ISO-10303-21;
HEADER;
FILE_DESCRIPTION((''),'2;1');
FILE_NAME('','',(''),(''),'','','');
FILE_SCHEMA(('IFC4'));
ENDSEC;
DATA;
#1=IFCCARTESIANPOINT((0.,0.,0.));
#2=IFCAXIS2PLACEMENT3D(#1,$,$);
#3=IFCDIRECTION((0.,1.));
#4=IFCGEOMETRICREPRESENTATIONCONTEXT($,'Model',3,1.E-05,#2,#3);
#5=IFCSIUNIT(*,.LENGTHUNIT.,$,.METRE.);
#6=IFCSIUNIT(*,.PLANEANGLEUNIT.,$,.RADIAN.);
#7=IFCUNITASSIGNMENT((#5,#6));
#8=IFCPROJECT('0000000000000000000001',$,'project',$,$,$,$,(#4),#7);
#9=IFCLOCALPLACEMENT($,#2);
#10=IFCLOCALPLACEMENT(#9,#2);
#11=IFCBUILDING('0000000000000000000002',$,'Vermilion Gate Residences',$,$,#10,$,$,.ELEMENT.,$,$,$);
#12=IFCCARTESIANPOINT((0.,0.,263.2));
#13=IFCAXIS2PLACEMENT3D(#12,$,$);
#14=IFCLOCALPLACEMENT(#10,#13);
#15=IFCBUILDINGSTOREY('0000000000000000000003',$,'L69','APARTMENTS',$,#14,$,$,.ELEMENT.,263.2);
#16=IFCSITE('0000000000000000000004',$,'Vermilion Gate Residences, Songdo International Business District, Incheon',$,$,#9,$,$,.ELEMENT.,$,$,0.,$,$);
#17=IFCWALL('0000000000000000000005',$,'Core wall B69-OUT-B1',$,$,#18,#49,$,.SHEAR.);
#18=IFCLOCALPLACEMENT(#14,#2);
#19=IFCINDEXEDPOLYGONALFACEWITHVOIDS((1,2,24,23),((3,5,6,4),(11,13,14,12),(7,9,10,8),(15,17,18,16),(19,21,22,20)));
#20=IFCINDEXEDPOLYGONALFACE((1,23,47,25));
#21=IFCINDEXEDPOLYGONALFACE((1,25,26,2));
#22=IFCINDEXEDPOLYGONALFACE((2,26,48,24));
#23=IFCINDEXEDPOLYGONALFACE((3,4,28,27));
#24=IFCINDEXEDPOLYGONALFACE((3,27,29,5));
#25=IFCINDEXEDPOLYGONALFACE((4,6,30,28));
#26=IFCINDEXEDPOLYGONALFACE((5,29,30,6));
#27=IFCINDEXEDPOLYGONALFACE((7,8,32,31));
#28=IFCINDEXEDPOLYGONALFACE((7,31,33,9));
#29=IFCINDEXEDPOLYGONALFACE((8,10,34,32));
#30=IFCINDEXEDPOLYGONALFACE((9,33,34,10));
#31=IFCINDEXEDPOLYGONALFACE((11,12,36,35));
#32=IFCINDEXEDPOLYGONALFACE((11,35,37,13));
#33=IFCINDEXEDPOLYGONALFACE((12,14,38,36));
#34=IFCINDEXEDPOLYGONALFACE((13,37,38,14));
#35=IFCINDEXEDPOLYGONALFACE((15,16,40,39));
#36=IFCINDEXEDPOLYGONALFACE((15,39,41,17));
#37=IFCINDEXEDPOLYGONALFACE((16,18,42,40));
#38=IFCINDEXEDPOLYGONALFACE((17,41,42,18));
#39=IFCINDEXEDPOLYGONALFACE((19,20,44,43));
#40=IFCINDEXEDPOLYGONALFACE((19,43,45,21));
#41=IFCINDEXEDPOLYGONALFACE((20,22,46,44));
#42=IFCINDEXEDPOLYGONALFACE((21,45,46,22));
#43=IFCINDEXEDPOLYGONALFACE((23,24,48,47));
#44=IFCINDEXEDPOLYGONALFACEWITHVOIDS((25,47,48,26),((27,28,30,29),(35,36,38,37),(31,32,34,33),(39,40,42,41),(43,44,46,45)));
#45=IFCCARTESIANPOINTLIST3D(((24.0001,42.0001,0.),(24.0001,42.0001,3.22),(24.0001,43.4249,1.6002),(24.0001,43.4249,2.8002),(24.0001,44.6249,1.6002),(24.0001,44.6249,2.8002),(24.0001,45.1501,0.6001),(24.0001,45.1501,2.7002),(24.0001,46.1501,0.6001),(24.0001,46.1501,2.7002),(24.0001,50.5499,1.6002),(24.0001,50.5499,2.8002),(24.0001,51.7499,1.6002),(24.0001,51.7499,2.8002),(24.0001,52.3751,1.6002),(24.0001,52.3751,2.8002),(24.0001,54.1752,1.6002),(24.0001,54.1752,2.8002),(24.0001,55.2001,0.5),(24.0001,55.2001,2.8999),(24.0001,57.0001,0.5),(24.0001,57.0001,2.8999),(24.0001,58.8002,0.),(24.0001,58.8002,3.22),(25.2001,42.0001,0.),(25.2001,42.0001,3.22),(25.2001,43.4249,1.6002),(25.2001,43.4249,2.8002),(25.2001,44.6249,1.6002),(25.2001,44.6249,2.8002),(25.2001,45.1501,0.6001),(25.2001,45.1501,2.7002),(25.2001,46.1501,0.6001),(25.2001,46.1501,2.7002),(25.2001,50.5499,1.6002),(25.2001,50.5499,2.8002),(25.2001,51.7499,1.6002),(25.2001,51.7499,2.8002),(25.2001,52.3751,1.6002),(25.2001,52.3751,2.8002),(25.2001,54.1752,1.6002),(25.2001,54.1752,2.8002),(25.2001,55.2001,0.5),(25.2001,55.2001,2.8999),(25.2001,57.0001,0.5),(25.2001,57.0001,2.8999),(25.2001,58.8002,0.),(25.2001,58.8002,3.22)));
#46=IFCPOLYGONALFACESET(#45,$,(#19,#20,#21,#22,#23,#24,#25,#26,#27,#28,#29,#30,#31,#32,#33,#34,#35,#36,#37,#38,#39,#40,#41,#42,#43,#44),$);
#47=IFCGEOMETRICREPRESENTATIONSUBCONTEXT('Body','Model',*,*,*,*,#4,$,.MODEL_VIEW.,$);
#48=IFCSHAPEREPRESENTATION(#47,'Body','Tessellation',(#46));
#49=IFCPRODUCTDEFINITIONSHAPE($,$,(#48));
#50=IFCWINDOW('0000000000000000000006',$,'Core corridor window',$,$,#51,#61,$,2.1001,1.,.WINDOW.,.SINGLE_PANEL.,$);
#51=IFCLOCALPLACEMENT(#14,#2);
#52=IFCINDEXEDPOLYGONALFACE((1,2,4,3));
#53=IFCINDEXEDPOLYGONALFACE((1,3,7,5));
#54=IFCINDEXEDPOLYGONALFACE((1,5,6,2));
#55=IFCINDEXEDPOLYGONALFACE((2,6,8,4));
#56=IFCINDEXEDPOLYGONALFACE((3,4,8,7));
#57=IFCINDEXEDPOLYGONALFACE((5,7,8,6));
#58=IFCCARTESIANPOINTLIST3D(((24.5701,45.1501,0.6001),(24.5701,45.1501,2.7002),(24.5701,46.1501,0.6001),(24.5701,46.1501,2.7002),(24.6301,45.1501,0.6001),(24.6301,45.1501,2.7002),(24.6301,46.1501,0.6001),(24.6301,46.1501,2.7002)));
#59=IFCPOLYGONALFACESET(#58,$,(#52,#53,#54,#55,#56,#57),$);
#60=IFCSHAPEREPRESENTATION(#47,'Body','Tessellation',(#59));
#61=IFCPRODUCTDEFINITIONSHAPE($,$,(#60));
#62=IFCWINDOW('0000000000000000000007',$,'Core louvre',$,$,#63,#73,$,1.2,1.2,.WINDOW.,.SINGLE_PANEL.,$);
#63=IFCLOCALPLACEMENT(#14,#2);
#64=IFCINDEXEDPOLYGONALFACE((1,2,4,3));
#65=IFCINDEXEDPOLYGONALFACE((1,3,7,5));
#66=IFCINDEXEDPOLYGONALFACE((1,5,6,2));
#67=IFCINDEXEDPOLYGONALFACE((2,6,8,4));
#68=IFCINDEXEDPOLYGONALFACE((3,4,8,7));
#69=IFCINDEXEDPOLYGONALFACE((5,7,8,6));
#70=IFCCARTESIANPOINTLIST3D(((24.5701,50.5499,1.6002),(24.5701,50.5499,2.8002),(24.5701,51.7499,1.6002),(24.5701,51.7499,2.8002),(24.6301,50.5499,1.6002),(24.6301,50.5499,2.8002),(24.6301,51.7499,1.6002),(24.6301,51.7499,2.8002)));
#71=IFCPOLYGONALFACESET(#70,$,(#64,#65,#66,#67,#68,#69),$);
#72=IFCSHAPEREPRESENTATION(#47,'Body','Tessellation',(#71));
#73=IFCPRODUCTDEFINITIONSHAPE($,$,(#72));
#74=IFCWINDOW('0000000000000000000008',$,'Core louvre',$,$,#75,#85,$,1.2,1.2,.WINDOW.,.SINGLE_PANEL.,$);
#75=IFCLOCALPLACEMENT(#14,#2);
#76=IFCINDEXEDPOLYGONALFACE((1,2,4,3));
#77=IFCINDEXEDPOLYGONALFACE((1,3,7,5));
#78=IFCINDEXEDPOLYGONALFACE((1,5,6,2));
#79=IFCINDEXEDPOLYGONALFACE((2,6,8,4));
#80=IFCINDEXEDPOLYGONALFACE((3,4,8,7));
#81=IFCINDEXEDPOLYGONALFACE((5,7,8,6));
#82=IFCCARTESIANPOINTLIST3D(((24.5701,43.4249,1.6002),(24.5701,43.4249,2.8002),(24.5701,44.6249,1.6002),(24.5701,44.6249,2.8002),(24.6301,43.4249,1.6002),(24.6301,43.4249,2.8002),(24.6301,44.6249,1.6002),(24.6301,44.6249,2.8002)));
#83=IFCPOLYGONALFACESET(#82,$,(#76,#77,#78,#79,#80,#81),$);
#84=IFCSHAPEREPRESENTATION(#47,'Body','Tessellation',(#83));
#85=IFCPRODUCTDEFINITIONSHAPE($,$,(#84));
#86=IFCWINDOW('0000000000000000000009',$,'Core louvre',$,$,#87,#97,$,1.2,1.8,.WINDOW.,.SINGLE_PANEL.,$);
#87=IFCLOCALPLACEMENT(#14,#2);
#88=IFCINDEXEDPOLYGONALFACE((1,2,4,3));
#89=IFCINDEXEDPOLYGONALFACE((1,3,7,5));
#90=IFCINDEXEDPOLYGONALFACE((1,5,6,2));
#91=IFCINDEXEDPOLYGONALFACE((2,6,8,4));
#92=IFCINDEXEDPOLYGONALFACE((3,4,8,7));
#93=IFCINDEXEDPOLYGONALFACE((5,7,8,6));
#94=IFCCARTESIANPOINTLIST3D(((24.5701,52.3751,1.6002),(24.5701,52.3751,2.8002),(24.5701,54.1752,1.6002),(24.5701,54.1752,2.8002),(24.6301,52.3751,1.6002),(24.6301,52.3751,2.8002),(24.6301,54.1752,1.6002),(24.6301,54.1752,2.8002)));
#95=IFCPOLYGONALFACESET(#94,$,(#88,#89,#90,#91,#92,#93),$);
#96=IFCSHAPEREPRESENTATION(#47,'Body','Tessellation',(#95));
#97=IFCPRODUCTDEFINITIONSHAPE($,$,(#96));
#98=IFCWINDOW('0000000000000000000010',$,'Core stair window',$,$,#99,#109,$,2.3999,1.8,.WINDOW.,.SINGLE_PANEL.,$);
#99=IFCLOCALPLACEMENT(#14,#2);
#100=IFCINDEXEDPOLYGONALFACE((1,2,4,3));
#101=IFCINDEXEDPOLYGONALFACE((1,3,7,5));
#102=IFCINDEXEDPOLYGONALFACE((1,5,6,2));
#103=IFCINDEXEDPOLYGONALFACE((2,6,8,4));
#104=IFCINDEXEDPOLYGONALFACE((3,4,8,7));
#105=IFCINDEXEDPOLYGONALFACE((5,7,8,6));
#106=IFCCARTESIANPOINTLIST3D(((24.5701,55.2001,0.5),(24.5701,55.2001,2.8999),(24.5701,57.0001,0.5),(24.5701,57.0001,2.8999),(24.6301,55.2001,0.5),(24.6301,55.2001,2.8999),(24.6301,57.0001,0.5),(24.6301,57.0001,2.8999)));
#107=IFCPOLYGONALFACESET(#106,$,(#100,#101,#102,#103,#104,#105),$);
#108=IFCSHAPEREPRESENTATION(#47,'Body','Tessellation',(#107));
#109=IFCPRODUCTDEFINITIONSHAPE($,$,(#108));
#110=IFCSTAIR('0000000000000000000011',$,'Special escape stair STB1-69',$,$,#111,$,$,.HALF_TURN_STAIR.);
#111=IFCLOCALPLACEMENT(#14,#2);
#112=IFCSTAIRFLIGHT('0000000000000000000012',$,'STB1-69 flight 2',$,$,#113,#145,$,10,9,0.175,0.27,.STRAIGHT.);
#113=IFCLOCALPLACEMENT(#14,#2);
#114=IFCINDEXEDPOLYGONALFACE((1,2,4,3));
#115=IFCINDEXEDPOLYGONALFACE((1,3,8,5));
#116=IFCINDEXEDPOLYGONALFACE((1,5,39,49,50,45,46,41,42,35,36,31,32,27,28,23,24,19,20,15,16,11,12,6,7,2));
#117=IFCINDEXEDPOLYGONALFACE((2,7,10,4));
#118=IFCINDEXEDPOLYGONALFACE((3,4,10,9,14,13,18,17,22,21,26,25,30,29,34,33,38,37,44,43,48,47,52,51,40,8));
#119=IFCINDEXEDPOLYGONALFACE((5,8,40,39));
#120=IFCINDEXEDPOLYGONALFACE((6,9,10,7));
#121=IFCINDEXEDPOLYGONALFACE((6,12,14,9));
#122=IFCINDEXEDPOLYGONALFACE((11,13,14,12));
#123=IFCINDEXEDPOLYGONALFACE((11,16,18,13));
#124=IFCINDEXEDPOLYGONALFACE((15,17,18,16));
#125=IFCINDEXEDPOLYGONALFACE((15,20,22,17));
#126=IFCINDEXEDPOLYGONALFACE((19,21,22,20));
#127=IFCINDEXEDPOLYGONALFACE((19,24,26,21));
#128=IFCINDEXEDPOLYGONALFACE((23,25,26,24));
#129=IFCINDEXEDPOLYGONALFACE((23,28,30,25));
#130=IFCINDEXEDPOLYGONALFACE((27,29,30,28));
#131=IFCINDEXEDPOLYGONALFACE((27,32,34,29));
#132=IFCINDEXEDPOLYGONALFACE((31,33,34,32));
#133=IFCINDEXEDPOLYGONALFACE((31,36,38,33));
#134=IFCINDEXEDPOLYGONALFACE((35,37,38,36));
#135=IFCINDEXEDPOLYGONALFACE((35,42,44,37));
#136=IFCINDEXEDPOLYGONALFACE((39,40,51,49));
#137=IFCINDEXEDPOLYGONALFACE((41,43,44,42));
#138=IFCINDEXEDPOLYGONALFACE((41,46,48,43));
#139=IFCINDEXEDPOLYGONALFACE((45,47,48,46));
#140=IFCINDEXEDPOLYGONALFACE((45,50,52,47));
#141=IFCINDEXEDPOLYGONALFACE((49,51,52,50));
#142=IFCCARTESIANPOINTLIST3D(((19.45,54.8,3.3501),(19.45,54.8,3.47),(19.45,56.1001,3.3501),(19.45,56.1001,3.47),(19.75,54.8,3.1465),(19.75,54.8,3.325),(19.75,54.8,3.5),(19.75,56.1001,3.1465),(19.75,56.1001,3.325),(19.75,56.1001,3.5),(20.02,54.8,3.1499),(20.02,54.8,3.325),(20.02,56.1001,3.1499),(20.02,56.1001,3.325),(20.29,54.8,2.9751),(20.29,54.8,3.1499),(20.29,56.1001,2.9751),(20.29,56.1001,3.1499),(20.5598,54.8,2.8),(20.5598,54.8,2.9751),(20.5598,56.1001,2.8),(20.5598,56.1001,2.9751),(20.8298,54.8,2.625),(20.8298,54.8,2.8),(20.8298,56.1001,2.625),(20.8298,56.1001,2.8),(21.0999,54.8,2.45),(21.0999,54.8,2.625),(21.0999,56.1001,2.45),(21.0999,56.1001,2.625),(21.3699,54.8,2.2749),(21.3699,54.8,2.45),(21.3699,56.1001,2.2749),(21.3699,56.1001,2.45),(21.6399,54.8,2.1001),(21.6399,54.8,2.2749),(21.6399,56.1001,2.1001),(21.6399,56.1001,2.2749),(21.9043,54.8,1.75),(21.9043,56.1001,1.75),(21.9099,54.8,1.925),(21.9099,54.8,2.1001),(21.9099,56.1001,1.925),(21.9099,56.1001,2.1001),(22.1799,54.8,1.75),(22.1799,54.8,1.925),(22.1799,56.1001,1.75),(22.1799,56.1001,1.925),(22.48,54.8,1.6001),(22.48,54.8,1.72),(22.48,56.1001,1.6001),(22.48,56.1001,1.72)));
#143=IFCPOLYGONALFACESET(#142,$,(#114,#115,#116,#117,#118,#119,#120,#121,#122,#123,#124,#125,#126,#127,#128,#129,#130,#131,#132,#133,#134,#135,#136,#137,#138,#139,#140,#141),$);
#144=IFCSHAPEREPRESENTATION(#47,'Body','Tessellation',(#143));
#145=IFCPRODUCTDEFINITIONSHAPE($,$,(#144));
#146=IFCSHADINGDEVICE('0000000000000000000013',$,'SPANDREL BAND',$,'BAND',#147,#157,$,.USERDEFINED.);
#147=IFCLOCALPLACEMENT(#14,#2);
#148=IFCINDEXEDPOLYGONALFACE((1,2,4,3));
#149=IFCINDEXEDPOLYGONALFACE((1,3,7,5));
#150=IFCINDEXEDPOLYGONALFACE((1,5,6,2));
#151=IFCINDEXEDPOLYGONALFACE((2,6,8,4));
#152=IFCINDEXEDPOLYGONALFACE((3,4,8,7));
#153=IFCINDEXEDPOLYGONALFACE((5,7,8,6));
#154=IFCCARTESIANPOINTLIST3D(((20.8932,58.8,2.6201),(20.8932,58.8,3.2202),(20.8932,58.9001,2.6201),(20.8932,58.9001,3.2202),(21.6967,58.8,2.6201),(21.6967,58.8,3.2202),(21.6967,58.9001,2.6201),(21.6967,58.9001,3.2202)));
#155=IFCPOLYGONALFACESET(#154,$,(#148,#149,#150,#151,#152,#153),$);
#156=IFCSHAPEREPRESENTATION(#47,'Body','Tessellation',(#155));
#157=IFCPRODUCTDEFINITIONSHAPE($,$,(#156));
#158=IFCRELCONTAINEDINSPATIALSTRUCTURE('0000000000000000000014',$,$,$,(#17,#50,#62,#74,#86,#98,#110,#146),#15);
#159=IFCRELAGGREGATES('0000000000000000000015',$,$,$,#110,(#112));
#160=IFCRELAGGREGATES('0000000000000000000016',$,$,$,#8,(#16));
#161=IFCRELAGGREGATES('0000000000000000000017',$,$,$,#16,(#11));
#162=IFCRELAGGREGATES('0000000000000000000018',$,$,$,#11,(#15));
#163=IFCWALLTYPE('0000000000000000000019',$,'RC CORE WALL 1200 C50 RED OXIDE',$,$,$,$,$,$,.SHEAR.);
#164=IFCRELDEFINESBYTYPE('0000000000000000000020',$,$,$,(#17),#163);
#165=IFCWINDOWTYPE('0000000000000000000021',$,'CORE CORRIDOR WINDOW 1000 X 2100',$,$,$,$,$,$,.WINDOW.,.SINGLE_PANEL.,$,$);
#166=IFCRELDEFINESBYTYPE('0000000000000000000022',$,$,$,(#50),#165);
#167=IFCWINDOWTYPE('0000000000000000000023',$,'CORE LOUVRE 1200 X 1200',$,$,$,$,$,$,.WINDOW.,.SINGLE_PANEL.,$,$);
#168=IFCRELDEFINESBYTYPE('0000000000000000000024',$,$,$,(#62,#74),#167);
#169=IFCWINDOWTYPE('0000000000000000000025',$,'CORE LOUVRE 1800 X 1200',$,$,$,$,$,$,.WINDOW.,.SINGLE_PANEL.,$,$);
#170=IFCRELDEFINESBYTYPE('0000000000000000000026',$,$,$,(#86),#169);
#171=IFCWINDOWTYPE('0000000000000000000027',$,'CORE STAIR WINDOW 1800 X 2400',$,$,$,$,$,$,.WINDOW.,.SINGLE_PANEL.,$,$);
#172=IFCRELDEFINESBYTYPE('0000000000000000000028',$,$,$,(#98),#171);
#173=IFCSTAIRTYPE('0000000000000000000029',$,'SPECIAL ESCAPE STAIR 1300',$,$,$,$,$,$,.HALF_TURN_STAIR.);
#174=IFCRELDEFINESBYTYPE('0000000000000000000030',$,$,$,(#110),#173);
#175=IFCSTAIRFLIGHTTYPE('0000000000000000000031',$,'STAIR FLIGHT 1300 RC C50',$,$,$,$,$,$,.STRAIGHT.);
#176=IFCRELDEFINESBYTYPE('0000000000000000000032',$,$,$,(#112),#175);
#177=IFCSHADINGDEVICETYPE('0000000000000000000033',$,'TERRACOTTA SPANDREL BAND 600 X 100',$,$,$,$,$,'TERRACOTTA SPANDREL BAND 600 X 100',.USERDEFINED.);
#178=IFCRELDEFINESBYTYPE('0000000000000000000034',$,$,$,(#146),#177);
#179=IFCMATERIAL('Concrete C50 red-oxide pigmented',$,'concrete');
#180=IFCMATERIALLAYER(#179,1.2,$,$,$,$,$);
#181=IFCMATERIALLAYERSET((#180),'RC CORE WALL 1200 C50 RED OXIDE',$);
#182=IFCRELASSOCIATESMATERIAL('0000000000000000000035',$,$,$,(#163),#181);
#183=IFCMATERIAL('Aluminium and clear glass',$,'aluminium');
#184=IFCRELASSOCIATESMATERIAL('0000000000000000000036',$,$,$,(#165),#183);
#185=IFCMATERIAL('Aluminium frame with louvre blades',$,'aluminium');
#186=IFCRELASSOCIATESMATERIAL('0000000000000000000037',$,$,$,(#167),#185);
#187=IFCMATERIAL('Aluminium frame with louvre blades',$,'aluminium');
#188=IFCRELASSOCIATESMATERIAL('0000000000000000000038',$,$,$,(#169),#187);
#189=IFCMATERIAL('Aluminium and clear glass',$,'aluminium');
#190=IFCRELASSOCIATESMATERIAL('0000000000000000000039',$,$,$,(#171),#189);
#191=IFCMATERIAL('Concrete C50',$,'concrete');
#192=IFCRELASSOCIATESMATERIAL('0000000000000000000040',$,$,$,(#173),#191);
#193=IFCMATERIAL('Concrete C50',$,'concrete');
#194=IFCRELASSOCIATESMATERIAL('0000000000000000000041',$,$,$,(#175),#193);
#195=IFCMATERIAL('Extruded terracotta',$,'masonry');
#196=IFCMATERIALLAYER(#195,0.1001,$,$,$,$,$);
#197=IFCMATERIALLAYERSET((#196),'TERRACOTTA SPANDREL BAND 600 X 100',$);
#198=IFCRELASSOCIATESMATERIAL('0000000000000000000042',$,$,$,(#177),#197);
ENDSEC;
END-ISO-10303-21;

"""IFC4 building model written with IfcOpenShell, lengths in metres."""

from ifc_helpers import new_model, si_unit, direction, frame, frame_2d, origin, origin_2d, place, context, subcontext, project, spatial, polyline, rectangle, outline, extrude, material, layer, layer_set, type_object, element, fill, aggregate, save


model = new_model("IFC4")

# Units and contexts
model_context = context("Model", 3, precision=1e-05, world=origin(), true_north=direction((0.0, 1.0)))
body_context = subcontext(model_context, "Body", "Model", "MODEL_VIEW")
ifc_project = project(units=[si_unit("LENGTHUNIT", "METRE"), si_unit("PLANEANGLEUNIT", "RADIAN")], contexts=[model_context])

# Site, building, storey
site_placement = place(None, origin())
site = spatial("IfcSite", under=ifc_project, at=site_placement, Name="Vermilion Gate Residences, Songdo International Business District, Incheon", CompositionType="ELEMENT", RefElevation=0.0)
building_placement = place(site_placement, origin())
building = spatial("IfcBuilding", under=site, at=building_placement, Name="Vermilion Gate Residences", CompositionType="ELEMENT")
storey_placement = place(building_placement, frame((0.0, 0.0, 263.2)))
storey = spatial("IfcBuildingStorey", under=building, at=storey_placement, Name="L69", Description="APARTMENTS", CompositionType="ELEMENT", Elevation=263.2)

# Wall, openings, windows
ifc_material_1 = material(Name="Concrete C50 red-oxide pigmented", Category="concrete")
ifc_layer_1 = layer(ifc_material_1, 1.2)
ifc_layer_set_1 = layer_set([ifc_layer_1], Name="RC CORE WALL 1200 C50 RED OXIDE")
wall_type_1 = type_object("IfcWallType", Name="RC CORE WALL 1200 C50 RED OXIDE", PredefinedType="SHEAR", material=ifc_layer_set_1)
wall_1_placement = place(storey_placement, frame((24.6001, 58.8, 0.0), z_axis=(0.0, 0.0, 1.0), x_axis=(0.0, -1.0, 0.0)))
wall_1 = element("IfcWall", 1, at=wall_1_placement, inside=storey, type_object=wall_type_1, Name="Core wall B69-OUT-B1", PredefinedType="SHEAR", context=body_context, shape_type="SweptSolid", body=[
    extrude(rectangle(XDim=16.8, YDim=1.2, at=frame_2d((8.3999, 0.0))), origin(), (0.0, 0.0, 1.0), 3.22),
])
opening_1_placement = place(wall_1_placement, frame((1.8, 0.0, 0.5)))
opening_1 = element("IfcOpeningElement", 2, at=opening_1_placement, cuts=wall_1, PredefinedType="OPENING", context=body_context, shape_type="SweptSolid", body=[
    extrude(rectangle(XDim=1.8, YDim=2.3999, at=frame_2d((0.8999, 1.2))), frame((0.0, 0.6099, 0.0), z_axis=(0.0, -1.0, 0.0), x_axis=(1.0, 0.0, 0.0)), (0.0, 0.0, 1.0), 1.22),
])
opening_2_placement = place(wall_1_placement, frame((4.625, 0.0, 1.6001)))
opening_2 = element("IfcOpeningElement", 3, at=opening_2_placement, cuts=wall_1, PredefinedType="OPENING", context=body_context, shape_type="SweptSolid", body=[
    extrude(rectangle(XDim=1.8, YDim=1.2, at=frame_2d((0.8999, 0.6001))), frame((0.0, 0.6099, 0.0), z_axis=(0.0, -1.0, 0.0), x_axis=(1.0, 0.0, 0.0)), (0.0, 0.0, 1.0), 1.22),
])
opening_3_placement = place(wall_1_placement, frame((7.05, 0.0, 1.6001)))
opening_3 = element("IfcOpeningElement", 4, at=opening_3_placement, cuts=wall_1, PredefinedType="OPENING", context=body_context, shape_type="SweptSolid", body=[
    extrude(rectangle(XDim=1.2, YDim=1.2, at=frame_2d((0.6001, 0.6001))), frame((0.0, 0.6099, 0.0), z_axis=(0.0, -1.0, 0.0), x_axis=(1.0, 0.0, 0.0)), (0.0, 0.0, 1.0), 1.22),
])
opening_4_placement = place(wall_1_placement, frame((12.6499, 0.0, 0.6001)))
opening_4 = element("IfcOpeningElement", 5, at=opening_4_placement, cuts=wall_1, PredefinedType="OPENING", context=body_context, shape_type="SweptSolid", body=[
    extrude(rectangle(XDim=1.0, YDim=2.1001, at=frame_2d((0.5, 1.05))), frame((0.0, 0.6099, 0.0), z_axis=(0.0, -1.0, 0.0), x_axis=(1.0, 0.0, 0.0)), (0.0, 0.0, 1.0), 1.22),
])
opening_5_placement = place(wall_1_placement, frame((14.175, 0.0, 1.6001)))
opening_5 = element("IfcOpeningElement", 6, at=opening_5_placement, cuts=wall_1, PredefinedType="OPENING", context=body_context, shape_type="SweptSolid", body=[
    extrude(rectangle(XDim=1.2, YDim=1.2, at=frame_2d((0.6001, 0.6001))), frame((0.0, 0.6099, 0.0), z_axis=(0.0, -1.0, 0.0), x_axis=(1.0, 0.0, 0.0)), (0.0, 0.0, 1.0), 1.22),
])
ifc_material_2 = material(Name="Aluminium and clear glass", Category="aluminium")
window_type_1 = type_object("IfcWindowType", Name="CORE CORRIDOR WINDOW 1000 X 2100", PartitioningType="SINGLE_PANEL", PredefinedType="WINDOW", material=ifc_material_2)
window_1_placement = place(opening_4_placement, origin())
window_1 = element("IfcWindow", 7, at=window_1_placement, inside=storey, type_object=window_type_1, Name="Core corridor window", OverallHeight=2.1001, OverallWidth=1.0, PartitioningType="SINGLE_PANEL", PredefinedType="WINDOW", context=body_context, shape_type="SweptSolid", body=[
    extrude(rectangle(XDim=1.0, YDim=2.1001, at=frame_2d((0.5, 1.05))), frame((0.0, 0.03, 0.0), z_axis=(0.0, -1.0, 0.0), x_axis=(1.0, 0.0, 0.0)), (0.0, 0.0, 1.0), 0.0601),
])
fill(opening_4, window_1)
ifc_material_3 = material(Name="Aluminium frame with louvre blades", Category="aluminium")
window_type_2 = type_object("IfcWindowType", Name="CORE LOUVRE 1200 X 1200", PartitioningType="SINGLE_PANEL", PredefinedType="WINDOW", material=ifc_material_3)
window_2_placement = place(opening_3_placement, origin())
window_2 = element("IfcWindow", 8, at=window_2_placement, inside=storey, type_object=window_type_2, Name="Core louvre", OverallHeight=1.2, OverallWidth=1.2, PartitioningType="SINGLE_PANEL", PredefinedType="WINDOW", context=body_context, shape_type="SweptSolid", body=[
    extrude(rectangle(XDim=1.2, YDim=1.2, at=frame_2d((0.6001, 0.6001))), frame((0.0, 0.03, 0.0), z_axis=(0.0, -1.0, 0.0), x_axis=(1.0, 0.0, 0.0)), (0.0, 0.0, 1.0), 0.0601),
])
fill(opening_3, window_2)
window_3_placement = place(opening_5_placement, origin())
window_3 = element("IfcWindow", 9, at=window_3_placement, inside=storey, type_object=window_type_2, Name="Core louvre", OverallHeight=1.2, OverallWidth=1.2, PartitioningType="SINGLE_PANEL", PredefinedType="WINDOW", context=body_context, shape_type="SweptSolid", body=[
    extrude(rectangle(XDim=1.2, YDim=1.2, at=frame_2d((0.6001, 0.6001))), frame((0.0, 0.03, 0.0), z_axis=(0.0, -1.0, 0.0), x_axis=(1.0, 0.0, 0.0)), (0.0, 0.0, 1.0), 0.0601),
])
fill(opening_5, window_3)
ifc_material_4 = material(Name="Aluminium frame with louvre blades", Category="aluminium")
window_type_3 = type_object("IfcWindowType", Name="CORE LOUVRE 1800 X 1200", PartitioningType="SINGLE_PANEL", PredefinedType="WINDOW", material=ifc_material_4)
window_4_placement = place(opening_2_placement, origin())
window_4 = element("IfcWindow", 10, at=window_4_placement, inside=storey, type_object=window_type_3, Name="Core louvre", OverallHeight=1.2, OverallWidth=1.8, PartitioningType="SINGLE_PANEL", PredefinedType="WINDOW", context=body_context, shape_type="SweptSolid", body=[
    extrude(rectangle(XDim=1.8, YDim=1.2, at=frame_2d((0.8999, 0.6001))), frame((0.0, 0.03, 0.0), z_axis=(0.0, -1.0, 0.0), x_axis=(1.0, 0.0, 0.0)), (0.0, 0.0, 1.0), 0.0601),
])
fill(opening_2, window_4)
ifc_material_5 = material(Name="Aluminium and clear glass", Category="aluminium")
window_type_4 = type_object("IfcWindowType", Name="CORE STAIR WINDOW 1800 X 2400", PartitioningType="SINGLE_PANEL", PredefinedType="WINDOW", material=ifc_material_5)
window_5_placement = place(opening_1_placement, origin())
window_5 = element("IfcWindow", 11, at=window_5_placement, inside=storey, type_object=window_type_4, Name="Core stair window", OverallHeight=2.3999, OverallWidth=1.8, PartitioningType="SINGLE_PANEL", PredefinedType="WINDOW", context=body_context, shape_type="SweptSolid", body=[
    extrude(rectangle(XDim=1.8, YDim=2.3999, at=frame_2d((0.8999, 1.2))), frame((0.0, 0.03, 0.0), z_axis=(0.0, -1.0, 0.0), x_axis=(1.0, 0.0, 0.0)), (0.0, 0.0, 1.0), 0.0601),
])
fill(opening_1, window_5)

# Stair, stair flight
ifc_material_6 = material(Name="Concrete C50", Category="concrete")
stair_type = type_object("IfcStairType", Name="SPECIAL ESCAPE STAIR 1300", PredefinedType="HALF_TURN_STAIR", material=ifc_material_6)
stair_placement = place(storey_placement, origin())
stair = element("IfcStair", 12, at=stair_placement, inside=storey, type_object=stair_type, Name="Special escape stair STB1-69", PredefinedType="HALF_TURN_STAIR")
ifc_material_7 = material(Name="Concrete C50", Category="concrete")
stair_flight_type = type_object("IfcStairFlightType", Name="STAIR FLIGHT 1300 RC C50", PredefinedType="STRAIGHT", material=ifc_material_7)
stair_flight_placement = place(storey_placement, frame((22.1799, 55.45, 1.75), z_axis=(0.0, 0.0, 1.0), x_axis=(-1.0, 0.0, 0.0)))
stair_flight = element("IfcStairFlight", 13, at=stair_flight_placement, type_object=stair_flight_type, Name="STB1-69 flight 2", NumberOfRisers=10, NumberOfTreads=9, PredefinedType="STRAIGHT", RiserHeight=0.175, TreadLength=0.27, context=body_context, shape_type="SweptSolid", body=[
    extrude(outline(polyline([(-0.3, -0.1499), (-0.3, -0.03), (0.0, 0.0), (0.0, 0.175), (0.27, 0.175), (0.27, 0.3501), (0.54, 0.3501), (0.54, 0.5249), (0.8101, 0.5249), (0.8101, 0.7), (1.0801, 0.7), (1.0801, 0.875), (1.3501, 0.875), (1.3501, 1.05), (1.6201, 1.05), (1.6201, 1.2251), (1.8899, 1.2251), (1.8899, 1.3999), (2.1599, 1.3999), (2.1599, 1.575), (2.4299, 1.575), (2.4299, 1.75), (2.73, 1.72), (2.73, 1.6001), (2.4299, 1.3965), (0.2756, 0.0), (-0.3, -0.1499)])), frame((0.0, 0.6499, 0.0), z_axis=(0.0, -1.0, 0.0), x_axis=(1.0, 0.0, 0.0)), (0.0, 0.0, 1.0), 1.3),
])
aggregate(stair, [stair_flight])

# Shading device
ifc_material_8 = material(Name="Extruded terracotta", Category="masonry")
ifc_layer_2 = layer(ifc_material_8, 0.1001)
ifc_layer_set_2 = layer_set([ifc_layer_2], Name="TERRACOTTA SPANDREL BAND 600 X 100")
shading_device_type = type_object("IfcShadingDeviceType", Name="TERRACOTTA SPANDREL BAND 600 X 100", ElementType="TERRACOTTA SPANDREL BAND 600 X 100", PredefinedType="USERDEFINED", material=ifc_layer_set_2)
shading_device_1_placement = place(storey_placement, frame((21.2949, 58.8501, 2.6201), z_axis=(0.0, 0.0, 1.0), x_axis=(1.0, 0.0, 0.0)))
element("IfcShadingDevice", 14, at=shading_device_1_placement, inside=storey, type_object=shading_device_type, Name="SPANDREL BAND", ObjectType="BAND", PredefinedType="USERDEFINED", context=body_context, shape_type="SweptSolid", body=[
    extrude(rectangle(XDim=0.8035, YDim=0.1001, at=origin_2d()), origin(), (0.0, 0.0, 1.0), 0.6001),
])

save(model, "model.ifc")
